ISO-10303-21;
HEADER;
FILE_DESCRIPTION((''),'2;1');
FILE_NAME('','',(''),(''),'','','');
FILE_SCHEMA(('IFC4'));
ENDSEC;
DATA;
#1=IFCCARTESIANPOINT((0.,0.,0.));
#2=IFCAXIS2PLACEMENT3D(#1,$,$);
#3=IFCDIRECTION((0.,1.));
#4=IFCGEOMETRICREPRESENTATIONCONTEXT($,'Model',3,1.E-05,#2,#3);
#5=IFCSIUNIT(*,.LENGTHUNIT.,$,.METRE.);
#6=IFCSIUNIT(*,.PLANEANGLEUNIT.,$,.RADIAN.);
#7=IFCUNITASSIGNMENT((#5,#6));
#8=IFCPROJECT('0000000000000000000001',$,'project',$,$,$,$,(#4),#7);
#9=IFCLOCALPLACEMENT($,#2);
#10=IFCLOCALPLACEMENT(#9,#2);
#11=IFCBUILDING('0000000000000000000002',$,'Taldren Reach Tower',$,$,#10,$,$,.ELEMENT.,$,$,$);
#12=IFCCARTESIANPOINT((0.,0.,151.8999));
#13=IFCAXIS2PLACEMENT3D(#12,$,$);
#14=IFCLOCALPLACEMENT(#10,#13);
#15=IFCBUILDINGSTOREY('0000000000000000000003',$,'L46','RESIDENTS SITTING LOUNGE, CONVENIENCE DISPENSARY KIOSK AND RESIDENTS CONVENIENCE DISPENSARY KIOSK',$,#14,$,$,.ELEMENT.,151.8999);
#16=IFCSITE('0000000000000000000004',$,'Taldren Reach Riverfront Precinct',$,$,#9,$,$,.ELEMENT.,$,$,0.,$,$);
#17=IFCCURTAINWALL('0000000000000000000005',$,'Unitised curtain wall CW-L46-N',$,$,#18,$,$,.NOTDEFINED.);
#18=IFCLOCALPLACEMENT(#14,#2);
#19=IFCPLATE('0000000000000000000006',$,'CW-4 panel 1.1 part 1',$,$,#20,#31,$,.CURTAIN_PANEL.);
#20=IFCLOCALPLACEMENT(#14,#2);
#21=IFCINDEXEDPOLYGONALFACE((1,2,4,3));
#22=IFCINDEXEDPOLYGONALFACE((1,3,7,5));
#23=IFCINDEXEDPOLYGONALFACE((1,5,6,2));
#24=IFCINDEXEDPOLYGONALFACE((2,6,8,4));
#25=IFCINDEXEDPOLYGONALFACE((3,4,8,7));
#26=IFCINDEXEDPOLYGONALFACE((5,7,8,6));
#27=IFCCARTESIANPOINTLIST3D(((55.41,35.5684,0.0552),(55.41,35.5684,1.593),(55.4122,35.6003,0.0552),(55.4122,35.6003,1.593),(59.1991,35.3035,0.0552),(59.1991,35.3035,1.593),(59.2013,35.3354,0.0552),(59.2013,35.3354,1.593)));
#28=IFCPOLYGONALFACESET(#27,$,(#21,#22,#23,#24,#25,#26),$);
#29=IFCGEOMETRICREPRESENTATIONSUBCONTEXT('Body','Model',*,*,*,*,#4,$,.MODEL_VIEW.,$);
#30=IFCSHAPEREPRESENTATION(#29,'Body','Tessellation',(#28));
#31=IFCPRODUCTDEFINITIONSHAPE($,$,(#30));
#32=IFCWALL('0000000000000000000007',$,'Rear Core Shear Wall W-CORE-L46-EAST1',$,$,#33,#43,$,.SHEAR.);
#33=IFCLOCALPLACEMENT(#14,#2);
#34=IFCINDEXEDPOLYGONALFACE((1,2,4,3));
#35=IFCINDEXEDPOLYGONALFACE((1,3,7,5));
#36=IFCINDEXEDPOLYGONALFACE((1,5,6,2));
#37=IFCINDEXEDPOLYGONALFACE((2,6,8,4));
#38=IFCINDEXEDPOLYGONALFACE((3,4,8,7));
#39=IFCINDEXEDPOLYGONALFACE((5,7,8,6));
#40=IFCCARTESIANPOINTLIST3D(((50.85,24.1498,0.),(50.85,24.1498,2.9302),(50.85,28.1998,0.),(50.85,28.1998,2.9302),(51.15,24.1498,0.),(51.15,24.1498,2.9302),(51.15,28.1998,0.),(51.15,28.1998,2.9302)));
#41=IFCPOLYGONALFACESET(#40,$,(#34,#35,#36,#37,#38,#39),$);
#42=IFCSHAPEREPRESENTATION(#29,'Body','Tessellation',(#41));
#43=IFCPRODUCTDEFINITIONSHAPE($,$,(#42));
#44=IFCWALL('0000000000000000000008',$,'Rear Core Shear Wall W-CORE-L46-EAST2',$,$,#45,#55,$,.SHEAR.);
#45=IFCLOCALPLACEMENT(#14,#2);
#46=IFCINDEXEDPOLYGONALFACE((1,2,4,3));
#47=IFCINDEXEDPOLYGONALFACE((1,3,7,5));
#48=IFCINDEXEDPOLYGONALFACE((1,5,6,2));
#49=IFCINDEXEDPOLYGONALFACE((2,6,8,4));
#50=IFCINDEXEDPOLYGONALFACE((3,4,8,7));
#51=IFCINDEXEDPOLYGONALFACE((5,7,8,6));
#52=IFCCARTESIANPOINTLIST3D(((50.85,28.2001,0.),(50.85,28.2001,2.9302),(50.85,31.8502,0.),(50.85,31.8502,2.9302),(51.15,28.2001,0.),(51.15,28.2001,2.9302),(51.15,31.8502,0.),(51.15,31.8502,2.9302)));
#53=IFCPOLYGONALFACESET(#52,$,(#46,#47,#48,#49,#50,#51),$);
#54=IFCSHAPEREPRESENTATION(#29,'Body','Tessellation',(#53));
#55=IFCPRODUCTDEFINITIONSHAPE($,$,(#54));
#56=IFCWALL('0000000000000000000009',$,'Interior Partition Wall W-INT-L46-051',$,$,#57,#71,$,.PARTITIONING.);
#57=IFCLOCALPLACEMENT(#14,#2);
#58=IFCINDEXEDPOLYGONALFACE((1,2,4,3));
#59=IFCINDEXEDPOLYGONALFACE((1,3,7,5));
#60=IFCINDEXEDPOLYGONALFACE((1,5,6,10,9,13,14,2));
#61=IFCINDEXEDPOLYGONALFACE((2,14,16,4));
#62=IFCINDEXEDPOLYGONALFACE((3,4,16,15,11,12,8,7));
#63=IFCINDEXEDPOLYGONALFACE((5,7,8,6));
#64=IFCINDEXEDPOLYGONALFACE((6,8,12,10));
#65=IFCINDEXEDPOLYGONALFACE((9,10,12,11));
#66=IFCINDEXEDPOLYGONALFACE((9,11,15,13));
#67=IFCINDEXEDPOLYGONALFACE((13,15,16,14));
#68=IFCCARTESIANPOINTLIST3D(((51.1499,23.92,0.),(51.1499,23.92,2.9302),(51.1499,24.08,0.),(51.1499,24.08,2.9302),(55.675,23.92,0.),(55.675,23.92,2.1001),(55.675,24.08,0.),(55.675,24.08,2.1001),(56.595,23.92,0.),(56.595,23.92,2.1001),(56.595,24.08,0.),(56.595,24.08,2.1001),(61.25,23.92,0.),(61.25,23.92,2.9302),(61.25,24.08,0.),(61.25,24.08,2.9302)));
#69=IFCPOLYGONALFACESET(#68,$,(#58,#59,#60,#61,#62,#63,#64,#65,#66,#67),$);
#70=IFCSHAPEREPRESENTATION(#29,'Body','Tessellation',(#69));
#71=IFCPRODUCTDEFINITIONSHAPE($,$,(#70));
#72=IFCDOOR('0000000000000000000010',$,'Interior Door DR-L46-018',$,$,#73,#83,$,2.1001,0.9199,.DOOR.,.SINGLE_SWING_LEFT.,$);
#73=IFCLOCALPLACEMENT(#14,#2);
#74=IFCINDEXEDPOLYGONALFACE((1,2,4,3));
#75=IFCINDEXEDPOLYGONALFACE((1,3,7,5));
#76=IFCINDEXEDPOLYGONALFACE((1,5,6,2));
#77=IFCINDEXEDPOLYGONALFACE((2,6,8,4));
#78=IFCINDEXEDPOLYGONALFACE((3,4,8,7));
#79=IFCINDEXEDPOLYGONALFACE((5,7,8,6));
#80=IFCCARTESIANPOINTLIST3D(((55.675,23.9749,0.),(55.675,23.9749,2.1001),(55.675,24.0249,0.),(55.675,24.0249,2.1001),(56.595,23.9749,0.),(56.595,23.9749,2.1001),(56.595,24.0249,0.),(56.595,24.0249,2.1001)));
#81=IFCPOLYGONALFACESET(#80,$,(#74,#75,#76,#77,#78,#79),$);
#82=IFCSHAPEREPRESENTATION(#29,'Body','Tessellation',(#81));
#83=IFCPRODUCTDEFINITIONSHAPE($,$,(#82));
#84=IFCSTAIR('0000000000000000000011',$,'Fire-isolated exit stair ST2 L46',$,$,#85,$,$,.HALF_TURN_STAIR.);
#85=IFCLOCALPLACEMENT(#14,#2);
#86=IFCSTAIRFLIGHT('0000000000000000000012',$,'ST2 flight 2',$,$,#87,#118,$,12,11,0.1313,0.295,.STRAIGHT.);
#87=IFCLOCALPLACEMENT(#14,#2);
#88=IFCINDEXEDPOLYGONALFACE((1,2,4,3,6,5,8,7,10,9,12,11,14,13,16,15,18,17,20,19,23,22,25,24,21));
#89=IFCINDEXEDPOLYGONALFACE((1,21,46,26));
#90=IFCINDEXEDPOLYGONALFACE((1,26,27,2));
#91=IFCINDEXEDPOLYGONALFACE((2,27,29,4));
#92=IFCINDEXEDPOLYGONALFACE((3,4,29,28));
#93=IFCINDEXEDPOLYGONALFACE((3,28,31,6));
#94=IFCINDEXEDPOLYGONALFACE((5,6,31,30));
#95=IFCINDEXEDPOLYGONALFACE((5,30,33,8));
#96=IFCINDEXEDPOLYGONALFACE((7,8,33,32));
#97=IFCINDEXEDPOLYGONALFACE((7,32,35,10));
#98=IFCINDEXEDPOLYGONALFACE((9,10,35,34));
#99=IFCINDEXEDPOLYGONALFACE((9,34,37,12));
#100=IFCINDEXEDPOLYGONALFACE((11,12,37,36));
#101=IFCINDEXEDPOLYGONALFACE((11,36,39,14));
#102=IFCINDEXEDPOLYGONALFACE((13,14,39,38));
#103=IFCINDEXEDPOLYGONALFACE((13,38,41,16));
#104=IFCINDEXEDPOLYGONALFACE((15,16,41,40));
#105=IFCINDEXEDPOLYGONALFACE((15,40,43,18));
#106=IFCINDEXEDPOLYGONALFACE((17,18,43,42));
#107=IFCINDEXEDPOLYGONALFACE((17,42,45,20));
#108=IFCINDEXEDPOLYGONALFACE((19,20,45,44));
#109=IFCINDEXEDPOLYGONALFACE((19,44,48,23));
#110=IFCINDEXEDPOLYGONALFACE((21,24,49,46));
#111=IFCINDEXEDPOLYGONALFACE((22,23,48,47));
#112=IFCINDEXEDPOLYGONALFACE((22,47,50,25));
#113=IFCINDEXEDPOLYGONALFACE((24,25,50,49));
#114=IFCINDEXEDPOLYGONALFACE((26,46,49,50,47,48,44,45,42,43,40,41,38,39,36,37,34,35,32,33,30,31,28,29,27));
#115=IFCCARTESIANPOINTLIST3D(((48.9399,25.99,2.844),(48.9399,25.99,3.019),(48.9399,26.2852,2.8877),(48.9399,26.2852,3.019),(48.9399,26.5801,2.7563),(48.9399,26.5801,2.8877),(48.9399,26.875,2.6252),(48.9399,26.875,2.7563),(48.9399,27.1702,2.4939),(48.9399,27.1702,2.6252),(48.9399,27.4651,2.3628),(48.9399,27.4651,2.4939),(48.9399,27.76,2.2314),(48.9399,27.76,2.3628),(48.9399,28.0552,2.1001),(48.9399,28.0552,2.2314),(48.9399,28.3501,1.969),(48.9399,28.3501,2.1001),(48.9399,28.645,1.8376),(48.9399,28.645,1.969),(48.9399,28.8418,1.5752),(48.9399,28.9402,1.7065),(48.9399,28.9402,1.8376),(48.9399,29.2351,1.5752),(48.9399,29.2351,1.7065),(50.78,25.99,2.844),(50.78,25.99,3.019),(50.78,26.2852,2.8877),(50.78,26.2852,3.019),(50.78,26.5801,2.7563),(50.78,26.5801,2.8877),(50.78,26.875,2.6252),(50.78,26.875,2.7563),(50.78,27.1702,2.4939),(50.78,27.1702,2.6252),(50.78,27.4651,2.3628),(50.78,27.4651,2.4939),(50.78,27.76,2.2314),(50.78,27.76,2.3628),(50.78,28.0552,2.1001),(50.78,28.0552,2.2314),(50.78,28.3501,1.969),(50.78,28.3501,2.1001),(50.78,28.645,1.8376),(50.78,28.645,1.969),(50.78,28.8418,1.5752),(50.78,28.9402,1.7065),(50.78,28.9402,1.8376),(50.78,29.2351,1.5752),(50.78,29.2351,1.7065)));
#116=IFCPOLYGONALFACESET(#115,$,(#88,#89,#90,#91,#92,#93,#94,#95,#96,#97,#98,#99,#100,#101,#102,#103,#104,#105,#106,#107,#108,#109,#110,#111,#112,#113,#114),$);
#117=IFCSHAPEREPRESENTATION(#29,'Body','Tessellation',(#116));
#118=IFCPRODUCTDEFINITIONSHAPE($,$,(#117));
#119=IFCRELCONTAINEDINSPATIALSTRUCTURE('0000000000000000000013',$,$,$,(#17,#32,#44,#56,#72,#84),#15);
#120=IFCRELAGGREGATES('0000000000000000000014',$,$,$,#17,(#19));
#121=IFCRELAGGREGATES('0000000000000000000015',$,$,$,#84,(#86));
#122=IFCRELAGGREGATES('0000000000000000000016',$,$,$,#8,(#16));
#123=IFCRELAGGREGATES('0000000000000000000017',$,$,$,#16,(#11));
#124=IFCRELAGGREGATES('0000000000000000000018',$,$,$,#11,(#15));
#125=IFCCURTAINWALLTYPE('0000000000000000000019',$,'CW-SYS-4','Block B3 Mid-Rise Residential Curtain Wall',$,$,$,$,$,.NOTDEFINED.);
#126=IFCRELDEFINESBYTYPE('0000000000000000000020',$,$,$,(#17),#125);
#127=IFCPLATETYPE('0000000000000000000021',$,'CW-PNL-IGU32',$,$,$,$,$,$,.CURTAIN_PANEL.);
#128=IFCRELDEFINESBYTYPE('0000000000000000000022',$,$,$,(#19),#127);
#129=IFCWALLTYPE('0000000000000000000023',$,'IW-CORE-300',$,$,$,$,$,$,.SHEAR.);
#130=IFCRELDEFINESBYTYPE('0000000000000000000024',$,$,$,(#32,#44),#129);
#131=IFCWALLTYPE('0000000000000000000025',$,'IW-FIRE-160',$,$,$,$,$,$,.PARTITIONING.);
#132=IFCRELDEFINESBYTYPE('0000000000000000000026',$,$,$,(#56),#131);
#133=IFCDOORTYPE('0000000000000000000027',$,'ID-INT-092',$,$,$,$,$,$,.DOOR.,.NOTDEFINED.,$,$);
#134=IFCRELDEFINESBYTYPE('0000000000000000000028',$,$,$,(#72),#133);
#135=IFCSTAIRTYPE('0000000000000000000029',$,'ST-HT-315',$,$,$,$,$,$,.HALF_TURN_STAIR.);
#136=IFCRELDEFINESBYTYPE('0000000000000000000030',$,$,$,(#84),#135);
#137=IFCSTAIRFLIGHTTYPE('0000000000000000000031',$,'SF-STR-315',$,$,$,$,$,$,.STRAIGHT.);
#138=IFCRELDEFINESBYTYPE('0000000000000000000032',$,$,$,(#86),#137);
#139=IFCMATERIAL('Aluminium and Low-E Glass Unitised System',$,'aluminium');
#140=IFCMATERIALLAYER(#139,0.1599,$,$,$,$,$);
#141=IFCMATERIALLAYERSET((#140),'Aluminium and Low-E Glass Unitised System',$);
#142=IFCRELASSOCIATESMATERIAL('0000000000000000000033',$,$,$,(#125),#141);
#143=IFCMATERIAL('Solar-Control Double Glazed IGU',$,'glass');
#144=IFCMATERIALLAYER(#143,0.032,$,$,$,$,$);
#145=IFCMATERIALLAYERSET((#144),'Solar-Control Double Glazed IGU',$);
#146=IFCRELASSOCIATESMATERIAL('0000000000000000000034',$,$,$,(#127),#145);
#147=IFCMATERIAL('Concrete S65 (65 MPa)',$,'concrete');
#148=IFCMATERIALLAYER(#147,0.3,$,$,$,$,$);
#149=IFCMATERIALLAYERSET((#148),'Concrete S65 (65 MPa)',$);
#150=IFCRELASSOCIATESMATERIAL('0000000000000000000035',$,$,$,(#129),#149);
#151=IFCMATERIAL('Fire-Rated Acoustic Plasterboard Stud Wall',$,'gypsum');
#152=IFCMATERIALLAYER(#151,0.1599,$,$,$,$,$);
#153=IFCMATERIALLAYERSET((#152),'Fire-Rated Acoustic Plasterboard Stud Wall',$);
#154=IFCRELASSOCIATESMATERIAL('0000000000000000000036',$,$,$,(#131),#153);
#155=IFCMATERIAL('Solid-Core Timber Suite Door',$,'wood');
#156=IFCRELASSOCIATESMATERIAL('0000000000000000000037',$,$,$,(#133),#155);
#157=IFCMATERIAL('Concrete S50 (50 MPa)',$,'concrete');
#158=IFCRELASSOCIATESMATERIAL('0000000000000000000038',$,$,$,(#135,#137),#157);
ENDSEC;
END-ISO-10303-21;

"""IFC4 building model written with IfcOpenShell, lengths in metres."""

from ifc_helpers import new_model, si_unit, direction, frame, frame_2d, origin, origin_2d, place, context, subcontext, project, spatial, polyline, rectangle, outline, extrude, source, transform, mapped, material, layer, layer_set, type_object, element, fill, aggregate, save


model = new_model("IFC4")

# Units and contexts
model_context = context("Model", 3, precision=1e-05, world=origin(), true_north=direction((0.0, 1.0)))
body_context = subcontext(model_context, "Body", "Model", "MODEL_VIEW")
ifc_project = project(units=[si_unit("LENGTHUNIT", "METRE"), si_unit("PLANEANGLEUNIT", "RADIAN")], contexts=[model_context])

# Site, building, storey
site_placement = place(None, origin())
site = spatial("IfcSite", under=ifc_project, at=site_placement, Name="Taldren Reach Riverfront Precinct", CompositionType="ELEMENT", RefElevation=0.0)
building_placement = place(site_placement, origin())
building = spatial("IfcBuilding", under=site, at=building_placement, Name="Taldren Reach Tower", CompositionType="ELEMENT")
storey_placement = place(building_placement, frame((0.0, 0.0, 151.8999)))
storey = spatial("IfcBuildingStorey", under=building, at=storey_placement, Name="L46", Description="RESIDENTS SITTING LOUNGE, CONVENIENCE DISPENSARY KIOSK AND RESIDENTS CONVENIENCE DISPENSARY KIOSK", CompositionType="ELEMENT", Elevation=151.8999)

# Curtain wall, plate
ifc_material_1 = material(Name="Aluminium and Low-E Glass Unitised System", Category="aluminium")
ifc_layer_1 = layer(ifc_material_1, 0.1599)
ifc_layer_set_1 = layer_set([ifc_layer_1], Name="Aluminium and Low-E Glass Unitised System")
curtain_wall_type = type_object("IfcCurtainWallType", Name="CW-SYS-4", Description="Block B3 Mid-Rise Residential Curtain Wall", PredefinedType="NOTDEFINED", material=ifc_layer_set_1)
curtain_wall_placement = place(storey_placement, origin())
curtain_wall = element("IfcCurtainWall", 1, at=curtain_wall_placement, inside=storey, type_object=curtain_wall_type, Name="Unitised curtain wall CW-L46-N", PredefinedType="NOTDEFINED")
ifc_material_2 = material(Name="Solar-Control Double Glazed IGU", Category="glass")
ifc_layer_2 = layer(ifc_material_2, 0.032)
ifc_layer_set_2 = layer_set([ifc_layer_2], Name="Solar-Control Double Glazed IGU")
plate_type_1 = type_object("IfcPlateType", Name="CW-PNL-IGU32", PredefinedType="CURTAIN_PANEL", material=ifc_layer_set_2)
shared_shape_1 = source(origin(), body_context, "Body", "SweptSolid", [
    extrude(rectangle(XDim=3.7983, YDim=0.032, at=origin_2d()), origin(), (0.0, 0.0, 1.0), 1.5378),
])
plate_1_placement = place(storey_placement, frame((57.3057, 35.4519, 0.0552), z_axis=(0.0, 0.0, 1.0), x_axis=(-0.997564, 0.069757, 0.0)))
plate_1 = element("IfcPlate", 2, at=plate_1_placement, type_object=plate_type_1, Name="CW-4 panel 1.1 part 1", PredefinedType="CURTAIN_PANEL", context=body_context, shape_type="MappedRepresentation", body=[
    mapped(shared_shape_1, transform((0.0, 0.0, 0.0), scale=1.0)),
])
aggregate(curtain_wall, [plate_1])

# Walls
ifc_material_3 = material(Name="Concrete S65 (65 MPa)", Category="concrete")
ifc_layer_3 = layer(ifc_material_3, 0.3)
ifc_layer_set_3 = layer_set([ifc_layer_3], Name="Concrete S65 (65 MPa)")
wall_type_1 = type_object("IfcWallType", Name="IW-CORE-300", PredefinedType="SHEAR", material=ifc_layer_set_3)
shared_shape_2 = source(origin(), body_context, "Body", "SweptSolid", [
    extrude(rectangle(XDim=4.05, YDim=0.3, at=frame_2d((2.0249, 0.0))), origin(), (0.0, 0.0, 1.0), 2.9302),
])
wall_1_placement = place(storey_placement, frame((51.0, 24.1499, 0.0), z_axis=(0.0, 0.0, 1.0), x_axis=(0.0, 1.0, 0.0)))
element("IfcWall", 3, at=wall_1_placement, inside=storey, type_object=wall_type_1, Name="Rear Core Shear Wall W-CORE-L46-EAST1", PredefinedType="SHEAR", context=body_context, shape_type="MappedRepresentation", body=[
    mapped(shared_shape_2, transform((0.0, 0.0, 0.0), scale=1.0)),
])
shared_shape_3 = source(origin(), body_context, "Body", "SweptSolid", [
    extrude(rectangle(XDim=3.6501, YDim=0.3, at=frame_2d((1.8252, 0.0))), origin(), (0.0, 0.0, 1.0), 2.9302),
])
wall_2_placement = place(storey_placement, frame((51.0, 28.2, 0.0), z_axis=(0.0, 0.0, 1.0), x_axis=(0.0, 1.0, 0.0)))
element("IfcWall", 4, at=wall_2_placement, inside=storey, type_object=wall_type_1, Name="Rear Core Shear Wall W-CORE-L46-EAST2", PredefinedType="SHEAR", context=body_context, shape_type="MappedRepresentation", body=[
    mapped(shared_shape_3, transform((0.0, 0.0, 0.0), scale=1.0)),
])

# Wall, opening, door
ifc_material_4 = material(Name="Fire-Rated Acoustic Plasterboard Stud Wall", Category="gypsum")
ifc_layer_4 = layer(ifc_material_4, 0.1599)
ifc_layer_set_4 = layer_set([ifc_layer_4], Name="Fire-Rated Acoustic Plasterboard Stud Wall")
wall_type_2 = type_object("IfcWallType", Name="IW-FIRE-160", PredefinedType="PARTITIONING", material=ifc_layer_set_4)
shared_shape_4 = source(origin(), body_context, "Body", "SweptSolid", [
    extrude(rectangle(XDim=10.1001, YDim=0.1599, at=frame_2d((5.05, 0.0))), origin(), (0.0, 0.0, 1.0), 2.9302),
])
wall_3_placement = place(storey_placement, frame((51.1499, 24.0, 0.0), z_axis=(0.0, 0.0, 1.0), x_axis=(1.0, 0.0, 0.0)))
wall_3 = element("IfcWall", 5, at=wall_3_placement, inside=storey, type_object=wall_type_2, Name="Interior Partition Wall W-INT-L46-051", PredefinedType="PARTITIONING", context=body_context, shape_type="MappedRepresentation", body=[
    mapped(shared_shape_4, transform((0.0, 0.0, 0.0), scale=1.0)),
])
shared_shape_5 = source(origin(), body_context, "Body", "SweptSolid", [
    extrude(rectangle(XDim=0.9199, YDim=2.1001, at=frame_2d((0.46, 1.05))), frame((0.0, 0.0898, 0.0), z_axis=(0.0, -1.0, 0.0), x_axis=(1.0, 0.0, 0.0)), (0.0, 0.0, 1.0), 0.1799),
])
opening_placement = place(wall_3_placement, frame((4.5251, 0.0, 0.0)))
opening = element("IfcOpeningElement", 6, at=opening_placement, cuts=wall_3, PredefinedType="OPENING", context=body_context, shape_type="MappedRepresentation", body=[
    mapped(shared_shape_5, transform((0.0, 0.0, 0.0), scale=1.0)),
])
ifc_material_5 = material(Name="Solid-Core Timber Suite Door", Category="wood")
door_type = type_object("IfcDoorType", Name="ID-INT-092", OperationType="NOTDEFINED", PredefinedType="DOOR", material=ifc_material_5)
shared_shape_6 = source(origin(), body_context, "Body", "SweptSolid", [
    extrude(rectangle(XDim=0.9199, YDim=2.1001, at=frame_2d((0.46, 1.05))), frame((0.0, 0.0249, 0.0), z_axis=(0.0, -1.0, 0.0), x_axis=(1.0, 0.0, 0.0)), (0.0, 0.0, 1.0), 0.05),
])
door_placement = place(opening_placement, origin())
door = element("IfcDoor", 7, at=door_placement, inside=storey, type_object=door_type, Name="Interior Door DR-L46-018", OperationType="SINGLE_SWING_LEFT", OverallHeight=2.1001, OverallWidth=0.9199, PredefinedType="DOOR", context=body_context, shape_type="MappedRepresentation", body=[
    mapped(shared_shape_6, transform((0.0, 0.0, 0.0), scale=1.0)),
])
fill(opening, door)

# Stair, stair flight
ifc_material_6 = material(Name="Concrete S50 (50 MPa)", Category="concrete")
stair_type = type_object("IfcStairType", Name="ST-HT-315", PredefinedType="HALF_TURN_STAIR", material=ifc_material_6)
stair_placement = place(storey_placement, origin())
stair = element("IfcStair", 8, at=stair_placement, inside=storey, type_object=stair_type, Name="Fire-isolated exit stair ST2 L46", PredefinedType="HALF_TURN_STAIR")
stair_flight_type = type_object("IfcStairFlightType", Name="SF-STR-315", PredefinedType="STRAIGHT", material=ifc_material_6)
stair_flight_placement = place(storey_placement, frame((49.8601, 29.2351, 1.5752), z_axis=(0.0, 0.0, 1.0), x_axis=(0.0, -1.0, 0.0)))
stair_flight = element("IfcStairFlight", 9, at=stair_flight_placement, type_object=stair_flight_type, Name="ST2 flight 2", NumberOfRisers=12, NumberOfTreads=11, PredefinedType="STRAIGHT", RiserHeight=0.1313, TreadLength=0.295, context=body_context, shape_type="SweptSolid", body=[
    extrude(outline(polyline([(0.0, 0.0), (0.0, 0.1313), (0.2949, 0.1313), (0.2949, 0.2625), (0.5901, 0.2625), (0.5901, 0.3938), (0.885, 0.3938), (0.885, 0.5249), (1.1799, 0.5249), (1.1799, 0.6562), (1.4751, 0.6562), (1.4751, 0.7876), (1.77, 0.7876), (1.77, 0.9187), (2.0649, 0.9187), (2.0649, 1.05), (2.3601, 1.05), (2.3601, 1.1812), (2.655, 1.1812), (2.655, 1.3125), (2.95, 1.3125), (2.95, 1.4438), (3.2451, 1.4438), (3.2451, 1.575), (3.2451, 1.2688), (0.3933, 0.0), (0.0, 0.0)])), frame((0.0, 0.9199, 0.0), z_axis=(0.0, -1.0, 0.0), x_axis=(1.0, 0.0, 0.0)), (0.0, 0.0, 1.0), 1.8401),
])
aggregate(stair, [stair_flight])

save(model, "model.ifc")
